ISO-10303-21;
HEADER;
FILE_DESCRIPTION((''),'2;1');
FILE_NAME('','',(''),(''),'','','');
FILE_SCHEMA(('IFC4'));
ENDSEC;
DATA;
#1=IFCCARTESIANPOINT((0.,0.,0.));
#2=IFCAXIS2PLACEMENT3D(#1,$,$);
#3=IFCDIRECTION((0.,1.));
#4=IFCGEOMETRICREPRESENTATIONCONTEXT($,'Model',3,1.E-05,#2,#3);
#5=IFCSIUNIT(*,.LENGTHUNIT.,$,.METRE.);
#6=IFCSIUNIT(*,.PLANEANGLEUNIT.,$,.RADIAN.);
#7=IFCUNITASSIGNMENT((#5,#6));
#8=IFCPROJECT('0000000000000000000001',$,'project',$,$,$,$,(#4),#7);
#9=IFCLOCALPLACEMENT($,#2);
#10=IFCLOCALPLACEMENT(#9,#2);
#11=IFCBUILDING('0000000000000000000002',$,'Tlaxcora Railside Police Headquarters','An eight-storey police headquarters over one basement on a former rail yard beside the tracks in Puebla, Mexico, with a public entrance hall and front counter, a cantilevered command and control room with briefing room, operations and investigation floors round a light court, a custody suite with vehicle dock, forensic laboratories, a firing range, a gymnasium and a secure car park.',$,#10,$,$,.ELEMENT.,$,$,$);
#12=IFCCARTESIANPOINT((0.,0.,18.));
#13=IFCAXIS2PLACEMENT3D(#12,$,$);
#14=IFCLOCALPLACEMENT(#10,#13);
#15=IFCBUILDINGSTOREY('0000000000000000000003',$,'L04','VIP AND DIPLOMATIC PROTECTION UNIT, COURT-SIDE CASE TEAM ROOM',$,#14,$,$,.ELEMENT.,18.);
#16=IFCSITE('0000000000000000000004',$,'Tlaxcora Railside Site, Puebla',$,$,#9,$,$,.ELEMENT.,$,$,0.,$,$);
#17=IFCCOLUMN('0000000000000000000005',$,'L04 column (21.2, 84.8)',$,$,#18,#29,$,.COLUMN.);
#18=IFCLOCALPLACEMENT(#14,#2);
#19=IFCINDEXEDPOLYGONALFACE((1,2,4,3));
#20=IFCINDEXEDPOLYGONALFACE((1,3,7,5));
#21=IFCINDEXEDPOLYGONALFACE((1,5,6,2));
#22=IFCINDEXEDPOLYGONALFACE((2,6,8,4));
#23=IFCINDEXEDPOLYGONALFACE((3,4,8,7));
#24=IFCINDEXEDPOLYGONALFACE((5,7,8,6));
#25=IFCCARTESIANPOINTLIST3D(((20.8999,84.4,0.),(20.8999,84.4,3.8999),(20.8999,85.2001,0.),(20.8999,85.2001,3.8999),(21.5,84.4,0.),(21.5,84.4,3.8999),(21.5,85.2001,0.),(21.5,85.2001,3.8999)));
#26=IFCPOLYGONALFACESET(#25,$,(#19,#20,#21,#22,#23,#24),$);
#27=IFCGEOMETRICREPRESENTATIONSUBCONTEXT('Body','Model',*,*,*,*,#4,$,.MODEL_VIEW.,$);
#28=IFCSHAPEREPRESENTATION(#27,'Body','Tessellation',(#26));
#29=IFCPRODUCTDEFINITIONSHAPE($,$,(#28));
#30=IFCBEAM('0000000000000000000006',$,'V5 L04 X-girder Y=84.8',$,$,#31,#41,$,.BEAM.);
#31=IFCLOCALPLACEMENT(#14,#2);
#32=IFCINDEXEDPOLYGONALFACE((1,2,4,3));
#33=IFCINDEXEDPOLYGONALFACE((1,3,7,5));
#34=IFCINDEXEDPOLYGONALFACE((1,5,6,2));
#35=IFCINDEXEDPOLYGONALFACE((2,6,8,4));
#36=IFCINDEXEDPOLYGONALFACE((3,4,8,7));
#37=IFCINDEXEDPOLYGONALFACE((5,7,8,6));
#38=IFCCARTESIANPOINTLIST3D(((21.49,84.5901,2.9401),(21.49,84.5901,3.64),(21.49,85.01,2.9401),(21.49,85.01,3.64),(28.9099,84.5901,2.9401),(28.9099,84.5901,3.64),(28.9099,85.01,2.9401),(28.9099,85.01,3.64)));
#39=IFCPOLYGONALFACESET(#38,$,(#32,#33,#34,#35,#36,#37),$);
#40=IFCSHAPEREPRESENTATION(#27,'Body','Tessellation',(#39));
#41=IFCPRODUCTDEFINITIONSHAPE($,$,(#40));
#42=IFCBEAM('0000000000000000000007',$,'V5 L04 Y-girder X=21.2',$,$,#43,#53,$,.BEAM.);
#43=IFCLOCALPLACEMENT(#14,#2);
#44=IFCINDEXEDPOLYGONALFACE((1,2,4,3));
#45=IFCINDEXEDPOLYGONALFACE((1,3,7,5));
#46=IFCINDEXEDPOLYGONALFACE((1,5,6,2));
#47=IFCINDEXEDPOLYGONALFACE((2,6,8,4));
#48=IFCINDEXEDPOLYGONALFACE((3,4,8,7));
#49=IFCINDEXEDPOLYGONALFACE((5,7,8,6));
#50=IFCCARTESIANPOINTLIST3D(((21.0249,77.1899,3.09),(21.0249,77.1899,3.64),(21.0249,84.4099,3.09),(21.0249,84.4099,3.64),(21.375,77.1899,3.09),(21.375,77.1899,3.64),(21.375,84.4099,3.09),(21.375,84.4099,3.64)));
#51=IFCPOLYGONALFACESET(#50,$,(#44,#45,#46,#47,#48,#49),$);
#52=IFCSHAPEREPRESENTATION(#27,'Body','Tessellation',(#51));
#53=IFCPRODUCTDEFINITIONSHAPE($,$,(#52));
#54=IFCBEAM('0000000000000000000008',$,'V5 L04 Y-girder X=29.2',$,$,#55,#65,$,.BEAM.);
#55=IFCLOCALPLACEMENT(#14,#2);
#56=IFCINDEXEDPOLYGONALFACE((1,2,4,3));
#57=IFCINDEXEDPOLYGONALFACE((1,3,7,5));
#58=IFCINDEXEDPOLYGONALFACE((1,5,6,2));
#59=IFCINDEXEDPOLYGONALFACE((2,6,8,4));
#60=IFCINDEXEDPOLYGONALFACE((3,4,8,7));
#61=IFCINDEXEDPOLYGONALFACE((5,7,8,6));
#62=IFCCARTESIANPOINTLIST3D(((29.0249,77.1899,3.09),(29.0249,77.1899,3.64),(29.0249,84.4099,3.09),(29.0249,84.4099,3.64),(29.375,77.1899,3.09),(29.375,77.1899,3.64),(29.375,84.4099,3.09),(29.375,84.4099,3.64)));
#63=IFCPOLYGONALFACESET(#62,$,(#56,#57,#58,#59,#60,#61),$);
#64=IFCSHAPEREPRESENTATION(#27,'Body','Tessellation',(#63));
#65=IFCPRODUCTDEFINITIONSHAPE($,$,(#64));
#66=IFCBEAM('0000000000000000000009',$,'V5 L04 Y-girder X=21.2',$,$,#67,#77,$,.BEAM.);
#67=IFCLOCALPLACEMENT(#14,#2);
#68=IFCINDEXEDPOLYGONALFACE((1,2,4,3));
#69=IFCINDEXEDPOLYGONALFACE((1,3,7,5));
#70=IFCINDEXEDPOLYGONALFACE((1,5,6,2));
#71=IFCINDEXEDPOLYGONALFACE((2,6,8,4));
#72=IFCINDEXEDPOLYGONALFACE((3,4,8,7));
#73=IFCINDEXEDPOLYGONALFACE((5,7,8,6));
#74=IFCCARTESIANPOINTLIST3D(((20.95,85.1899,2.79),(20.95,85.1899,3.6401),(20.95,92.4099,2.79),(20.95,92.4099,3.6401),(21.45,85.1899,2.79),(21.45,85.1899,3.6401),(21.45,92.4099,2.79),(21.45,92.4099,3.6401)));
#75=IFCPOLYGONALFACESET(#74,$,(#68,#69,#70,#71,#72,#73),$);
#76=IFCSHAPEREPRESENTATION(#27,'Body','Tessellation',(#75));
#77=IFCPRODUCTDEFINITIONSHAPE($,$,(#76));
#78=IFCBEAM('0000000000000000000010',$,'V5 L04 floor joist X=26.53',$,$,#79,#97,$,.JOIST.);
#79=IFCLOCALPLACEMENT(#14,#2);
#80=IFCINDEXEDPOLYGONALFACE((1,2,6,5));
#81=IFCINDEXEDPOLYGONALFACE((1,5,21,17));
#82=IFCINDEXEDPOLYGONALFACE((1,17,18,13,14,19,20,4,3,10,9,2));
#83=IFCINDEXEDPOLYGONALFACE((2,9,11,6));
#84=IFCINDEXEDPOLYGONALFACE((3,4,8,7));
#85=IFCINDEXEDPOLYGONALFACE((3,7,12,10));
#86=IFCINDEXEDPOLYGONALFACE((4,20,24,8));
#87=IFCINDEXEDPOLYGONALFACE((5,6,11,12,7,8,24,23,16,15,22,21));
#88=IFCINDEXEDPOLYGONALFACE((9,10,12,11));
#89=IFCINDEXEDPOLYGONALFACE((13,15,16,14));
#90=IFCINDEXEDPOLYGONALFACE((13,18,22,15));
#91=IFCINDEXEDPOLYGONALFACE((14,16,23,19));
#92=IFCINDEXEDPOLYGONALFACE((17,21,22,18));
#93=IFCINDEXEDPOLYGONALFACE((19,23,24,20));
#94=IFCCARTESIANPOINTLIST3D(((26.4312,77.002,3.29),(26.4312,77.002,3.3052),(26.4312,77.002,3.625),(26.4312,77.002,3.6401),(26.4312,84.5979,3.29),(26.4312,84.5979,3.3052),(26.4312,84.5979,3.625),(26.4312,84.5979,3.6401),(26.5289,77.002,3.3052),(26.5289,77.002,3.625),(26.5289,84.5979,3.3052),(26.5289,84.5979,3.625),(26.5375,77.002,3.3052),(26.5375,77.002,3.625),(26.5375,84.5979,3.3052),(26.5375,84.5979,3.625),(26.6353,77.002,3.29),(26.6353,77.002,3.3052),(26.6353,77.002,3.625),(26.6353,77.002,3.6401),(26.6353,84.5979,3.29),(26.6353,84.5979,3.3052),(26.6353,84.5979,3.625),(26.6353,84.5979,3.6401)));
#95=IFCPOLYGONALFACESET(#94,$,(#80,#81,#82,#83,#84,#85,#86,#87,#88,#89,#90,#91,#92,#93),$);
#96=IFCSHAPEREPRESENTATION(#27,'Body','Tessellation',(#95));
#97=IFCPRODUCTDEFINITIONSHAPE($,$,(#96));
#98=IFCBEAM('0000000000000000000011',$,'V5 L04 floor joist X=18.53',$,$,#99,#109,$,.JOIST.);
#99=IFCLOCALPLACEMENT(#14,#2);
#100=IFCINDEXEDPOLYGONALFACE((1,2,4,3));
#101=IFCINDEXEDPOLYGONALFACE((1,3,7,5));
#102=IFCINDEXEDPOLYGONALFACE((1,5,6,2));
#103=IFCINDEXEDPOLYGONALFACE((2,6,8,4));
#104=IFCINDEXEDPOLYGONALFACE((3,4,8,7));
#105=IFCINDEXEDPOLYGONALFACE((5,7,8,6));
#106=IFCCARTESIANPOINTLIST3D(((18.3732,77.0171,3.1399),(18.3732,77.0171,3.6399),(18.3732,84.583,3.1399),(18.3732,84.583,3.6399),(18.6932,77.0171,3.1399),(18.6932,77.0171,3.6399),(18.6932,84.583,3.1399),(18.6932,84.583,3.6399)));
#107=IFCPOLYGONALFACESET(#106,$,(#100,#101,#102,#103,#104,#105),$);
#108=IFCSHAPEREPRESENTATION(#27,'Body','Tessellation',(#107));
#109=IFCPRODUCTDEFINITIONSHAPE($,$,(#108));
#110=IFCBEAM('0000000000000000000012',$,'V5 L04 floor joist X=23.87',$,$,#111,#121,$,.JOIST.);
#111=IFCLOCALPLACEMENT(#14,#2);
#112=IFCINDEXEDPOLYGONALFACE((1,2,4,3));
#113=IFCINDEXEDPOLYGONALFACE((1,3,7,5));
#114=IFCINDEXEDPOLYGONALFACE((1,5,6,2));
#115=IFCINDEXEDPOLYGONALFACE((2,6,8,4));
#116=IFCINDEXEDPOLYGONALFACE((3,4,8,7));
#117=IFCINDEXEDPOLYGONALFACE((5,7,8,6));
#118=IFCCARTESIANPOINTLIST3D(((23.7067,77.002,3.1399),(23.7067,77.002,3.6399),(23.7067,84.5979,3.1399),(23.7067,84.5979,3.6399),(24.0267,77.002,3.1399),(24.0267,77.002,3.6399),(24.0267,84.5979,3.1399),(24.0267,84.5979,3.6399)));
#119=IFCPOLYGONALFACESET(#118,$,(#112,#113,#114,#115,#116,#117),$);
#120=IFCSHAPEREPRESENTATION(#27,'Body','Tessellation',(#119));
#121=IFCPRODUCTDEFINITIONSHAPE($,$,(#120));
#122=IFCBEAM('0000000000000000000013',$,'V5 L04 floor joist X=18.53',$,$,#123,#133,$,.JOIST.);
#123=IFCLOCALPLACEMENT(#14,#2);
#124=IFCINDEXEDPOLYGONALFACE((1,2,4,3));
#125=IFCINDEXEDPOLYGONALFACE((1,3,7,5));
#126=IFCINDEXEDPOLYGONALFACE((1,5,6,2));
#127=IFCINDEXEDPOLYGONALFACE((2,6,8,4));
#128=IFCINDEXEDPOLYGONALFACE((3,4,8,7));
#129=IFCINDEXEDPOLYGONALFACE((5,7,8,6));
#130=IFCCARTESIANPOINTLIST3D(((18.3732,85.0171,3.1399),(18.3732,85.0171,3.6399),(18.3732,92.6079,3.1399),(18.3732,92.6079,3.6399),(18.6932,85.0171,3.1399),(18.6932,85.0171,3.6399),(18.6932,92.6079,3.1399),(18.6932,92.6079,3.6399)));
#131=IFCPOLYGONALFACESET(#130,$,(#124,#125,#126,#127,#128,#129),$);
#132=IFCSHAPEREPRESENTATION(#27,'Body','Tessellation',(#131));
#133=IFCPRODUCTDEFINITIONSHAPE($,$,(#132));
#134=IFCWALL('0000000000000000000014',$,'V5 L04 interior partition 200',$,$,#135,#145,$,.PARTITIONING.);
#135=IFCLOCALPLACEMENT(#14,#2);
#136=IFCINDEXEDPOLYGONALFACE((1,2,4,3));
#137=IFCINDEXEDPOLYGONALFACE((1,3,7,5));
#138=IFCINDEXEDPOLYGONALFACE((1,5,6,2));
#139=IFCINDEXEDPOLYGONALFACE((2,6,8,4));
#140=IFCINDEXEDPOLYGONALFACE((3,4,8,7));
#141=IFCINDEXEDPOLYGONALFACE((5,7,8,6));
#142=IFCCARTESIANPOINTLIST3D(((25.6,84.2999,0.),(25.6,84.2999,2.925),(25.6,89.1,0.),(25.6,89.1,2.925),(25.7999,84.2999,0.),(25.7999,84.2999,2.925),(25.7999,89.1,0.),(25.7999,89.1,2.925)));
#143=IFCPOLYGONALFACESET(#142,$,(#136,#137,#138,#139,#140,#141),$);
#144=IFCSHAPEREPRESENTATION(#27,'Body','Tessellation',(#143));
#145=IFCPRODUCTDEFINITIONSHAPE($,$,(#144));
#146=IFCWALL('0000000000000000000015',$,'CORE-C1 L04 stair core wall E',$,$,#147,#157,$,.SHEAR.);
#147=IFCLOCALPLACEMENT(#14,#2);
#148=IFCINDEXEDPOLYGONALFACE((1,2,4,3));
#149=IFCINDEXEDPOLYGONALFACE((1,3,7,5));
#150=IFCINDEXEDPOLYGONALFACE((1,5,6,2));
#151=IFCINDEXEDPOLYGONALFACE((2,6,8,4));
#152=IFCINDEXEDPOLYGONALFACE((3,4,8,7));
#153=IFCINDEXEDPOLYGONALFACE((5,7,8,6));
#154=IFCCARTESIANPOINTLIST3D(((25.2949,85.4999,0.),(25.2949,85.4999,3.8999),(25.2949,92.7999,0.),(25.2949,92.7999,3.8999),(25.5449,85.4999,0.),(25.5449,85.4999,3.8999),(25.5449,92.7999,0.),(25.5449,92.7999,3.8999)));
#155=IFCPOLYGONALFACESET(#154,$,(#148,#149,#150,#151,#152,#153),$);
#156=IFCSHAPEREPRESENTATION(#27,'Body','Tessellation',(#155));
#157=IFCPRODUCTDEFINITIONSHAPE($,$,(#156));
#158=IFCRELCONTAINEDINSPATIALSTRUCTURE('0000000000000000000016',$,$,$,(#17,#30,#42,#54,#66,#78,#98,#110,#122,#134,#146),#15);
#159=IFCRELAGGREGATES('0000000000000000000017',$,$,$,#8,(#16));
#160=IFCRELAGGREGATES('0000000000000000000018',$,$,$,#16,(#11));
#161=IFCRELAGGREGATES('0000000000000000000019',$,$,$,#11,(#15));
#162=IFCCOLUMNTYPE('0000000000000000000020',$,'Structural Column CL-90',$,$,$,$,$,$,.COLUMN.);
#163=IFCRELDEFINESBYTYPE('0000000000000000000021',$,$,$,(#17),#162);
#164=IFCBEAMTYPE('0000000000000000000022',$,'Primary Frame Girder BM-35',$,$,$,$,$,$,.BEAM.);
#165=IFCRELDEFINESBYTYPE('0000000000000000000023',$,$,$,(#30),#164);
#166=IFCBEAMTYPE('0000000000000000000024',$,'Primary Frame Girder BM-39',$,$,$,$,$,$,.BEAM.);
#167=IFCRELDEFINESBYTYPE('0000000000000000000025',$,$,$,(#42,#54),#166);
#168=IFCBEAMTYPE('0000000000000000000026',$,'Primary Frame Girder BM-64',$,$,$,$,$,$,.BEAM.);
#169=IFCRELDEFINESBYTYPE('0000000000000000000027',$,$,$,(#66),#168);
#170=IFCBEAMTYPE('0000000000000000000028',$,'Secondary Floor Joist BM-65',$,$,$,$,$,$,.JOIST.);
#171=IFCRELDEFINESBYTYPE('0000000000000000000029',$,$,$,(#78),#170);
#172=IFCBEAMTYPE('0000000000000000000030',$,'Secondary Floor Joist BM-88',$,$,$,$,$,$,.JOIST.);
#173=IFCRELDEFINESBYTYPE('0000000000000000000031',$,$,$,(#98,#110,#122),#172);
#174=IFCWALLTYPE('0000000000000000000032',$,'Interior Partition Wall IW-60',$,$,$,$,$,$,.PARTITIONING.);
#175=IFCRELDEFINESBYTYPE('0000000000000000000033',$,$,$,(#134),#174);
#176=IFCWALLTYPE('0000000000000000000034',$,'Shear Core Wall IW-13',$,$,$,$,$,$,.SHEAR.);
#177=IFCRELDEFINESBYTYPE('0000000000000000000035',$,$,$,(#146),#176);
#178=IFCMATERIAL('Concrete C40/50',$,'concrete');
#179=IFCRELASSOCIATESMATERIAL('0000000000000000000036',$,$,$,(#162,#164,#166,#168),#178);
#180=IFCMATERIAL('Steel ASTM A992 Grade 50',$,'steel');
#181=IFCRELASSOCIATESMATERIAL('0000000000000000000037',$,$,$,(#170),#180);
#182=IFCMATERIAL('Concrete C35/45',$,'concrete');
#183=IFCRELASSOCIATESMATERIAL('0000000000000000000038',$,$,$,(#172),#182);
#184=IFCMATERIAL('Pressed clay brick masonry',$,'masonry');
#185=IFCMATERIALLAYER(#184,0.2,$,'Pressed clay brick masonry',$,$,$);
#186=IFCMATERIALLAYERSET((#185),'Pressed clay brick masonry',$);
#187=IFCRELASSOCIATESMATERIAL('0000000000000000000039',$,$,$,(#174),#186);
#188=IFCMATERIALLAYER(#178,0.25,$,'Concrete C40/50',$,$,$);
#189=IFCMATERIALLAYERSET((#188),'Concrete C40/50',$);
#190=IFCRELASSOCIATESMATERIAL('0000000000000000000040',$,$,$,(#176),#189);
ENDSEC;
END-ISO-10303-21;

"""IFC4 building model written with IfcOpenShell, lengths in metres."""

from ifc_helpers import new_model, si_unit, direction, frame, frame_2d, origin, origin_2d, place, context, subcontext, project, spatial, rectangle, i_section, extrude, material, layer, layer_set, material_profile, profile_set, type_object, element, save


model = new_model("IFC4")

# Units and contexts
model_context = context("Model", 3, precision=1e-05, world=origin(), true_north=direction((0.0, 1.0)))
body_context = subcontext(model_context, "Body", "Model", "MODEL_VIEW")
ifc_project = project(units=[si_unit("LENGTHUNIT", "METRE"), si_unit("PLANEANGLEUNIT", "RADIAN")], contexts=[model_context])

# Site, building, storey
site_placement = place(None, origin())
site = spatial("IfcSite", under=ifc_project, at=site_placement, Name="Tlaxcora Railside Site, Puebla", CompositionType="ELEMENT", RefElevation=0.0)
building_placement = place(site_placement, origin())
building = spatial("IfcBuilding", under=site, at=building_placement, Name="Tlaxcora Railside Police Headquarters", Description="An eight-storey police headquarters over one basement on a former rail yard beside the tracks in Puebla, Mexico, with a public entrance hall and front counter, a cantilevered command and control room with briefing room, operations and investigation floors round a light court, a custody suite with vehicle dock, forensic laboratories, a firing range, a gymnasium and a secure car park.", CompositionType="ELEMENT")
storey_placement = place(building_placement, frame((0.0, 0.0, 18.0)))
storey = spatial("IfcBuildingStorey", under=building, at=storey_placement, Name="L04", Description="VIP AND DIPLOMATIC PROTECTION UNIT, COURT-SIDE CASE TEAM ROOM", CompositionType="ELEMENT", Elevation=18.0)

# Column
ifc_material_1 = material(Name="Concrete C40/50", Category="concrete")
ifc_material_profile_1 = material_profile(ifc_material_1, rectangle(XDim=0.6001, YDim=0.8, at=origin_2d()), Name="RC600X800")
ifc_profile_set_1 = profile_set([ifc_material_profile_1], Name="Concrete C40/50")
column_type = type_object("IfcColumnType", Name="Structural Column CL-90", PredefinedType="COLUMN", material=ifc_profile_set_1)
column_placement = place(storey_placement, frame((21.2, 84.8, 0.0), z_axis=(0.0, 0.0, 1.0), x_axis=(1.0, 0.0, 0.0)))
element("IfcColumn", 1, at=column_placement, inside=storey, type_object=column_type, Name="L04 column (21.2, 84.8)", PredefinedType="COLUMN", context=body_context, shape_type="SweptSolid", body=[
    extrude(rectangle(XDim=0.6001, YDim=0.8, at=origin_2d()), origin(), (0.0, 0.0, 1.0), 3.8999),
])

# Beams
ifc_material_profile_2 = material_profile(ifc_material_1, rectangle(XDim=0.4199, YDim=0.7, at=origin_2d()), Name="RC420X700")
ifc_profile_set_2 = profile_set([ifc_material_profile_2], Name="Concrete C40/50")
beam_type_1 = type_object("IfcBeamType", Name="Primary Frame Girder BM-35", PredefinedType="BEAM", material=ifc_profile_set_2)
beam_1_placement = place(storey_placement, frame((21.49, 84.8, 3.29), z_axis=(1.0, 0.0, 0.0), x_axis=(0.0, 1.0, 0.0)))
element("IfcBeam", 2, at=beam_1_placement, inside=storey, type_object=beam_type_1, Name="V5 L04 X-girder Y=84.8", PredefinedType="BEAM", context=body_context, shape_type="SweptSolid", body=[
    extrude(rectangle(XDim=0.4199, YDim=0.7, at=origin_2d()), origin(), (0.0, 0.0, 1.0), 7.4199),
])
ifc_material_profile_3 = material_profile(ifc_material_1, rectangle(XDim=0.3501, YDim=0.55, at=origin_2d()), Name="RC350X550")
ifc_profile_set_3 = profile_set([ifc_material_profile_3], Name="Concrete C40/50")
beam_type_2 = type_object("IfcBeamType", Name="Primary Frame Girder BM-39", PredefinedType="BEAM", material=ifc_profile_set_3)
for number, where, z_axis, x_axis, name in (
    (3, (21.2, 77.1899, 3.365), (0.0, 1.0, 0.0), (-1.0, 0.0, 0.0), "V5 L04 Y-girder X=21.2"),
    (4, (29.2, 77.1899, 3.365), (0.0, 1.0, 0.0), (-1.0, 0.0, 0.0), "V5 L04 Y-girder X=29.2"),
):
    element("IfcBeam", number, at=place(storey_placement, frame(where, z_axis=z_axis, x_axis=x_axis)), inside=storey, type_object=beam_type_2, Name=name, PredefinedType="BEAM", context=body_context, shape_type="SweptSolid", body=[
        extrude(rectangle(XDim=0.3501, YDim=0.55, at=origin_2d()), origin(), (0.0, 0.0, 1.0), 7.22),
    ])
ifc_material_profile_4 = material_profile(ifc_material_1, rectangle(XDim=0.5, YDim=0.8501, at=origin_2d()), Name="RC500X850")
ifc_profile_set_4 = profile_set([ifc_material_profile_4], Name="Concrete C40/50")
beam_type_3 = type_object("IfcBeamType", Name="Primary Frame Girder BM-64", PredefinedType="BEAM", material=ifc_profile_set_4)
beam_2_placement = place(storey_placement, frame((21.2, 85.1899, 3.2151), z_axis=(0.0, 1.0, 0.0), x_axis=(-1.0, 0.0, 0.0)))
element("IfcBeam", 5, at=beam_2_placement, inside=storey, type_object=beam_type_3, Name="V5 L04 Y-girder X=21.2", PredefinedType="BEAM", context=body_context, shape_type="SweptSolid", body=[
    extrude(rectangle(XDim=0.5, YDim=0.8501, at=origin_2d()), origin(), (0.0, 0.0, 1.0), 7.22),
])
ifc_material_2 = material(Name="Steel ASTM A992 Grade 50", Category="steel")
ifc_material_profile_5 = material_profile(ifc_material_2, i_section(OverallWidth=0.2041, OverallDepth=0.3501, WebThickness=0.0085, FlangeThickness=0.0151, at=origin_2d()), Name="W14X48")
ifc_profile_set_5 = profile_set([ifc_material_profile_5], Name="Steel ASTM A992 Grade 50")
beam_type_4 = type_object("IfcBeamType", Name="Secondary Floor Joist BM-65", PredefinedType="JOIST", material=ifc_profile_set_5)
beam_3_placement = place(storey_placement, frame((26.5332, 77.002, 3.4651), z_axis=(0.0, 1.0, 0.0), x_axis=(-1.0, 0.0, 0.0)))
element("IfcBeam", 6, at=beam_3_placement, inside=storey, type_object=beam_type_4, Name="V5 L04 floor joist X=26.53", PredefinedType="JOIST", context=body_context, shape_type="SweptSolid", body=[
    extrude(i_section(OverallWidth=0.2041, OverallDepth=0.3501, WebThickness=0.0085, FlangeThickness=0.0151, at=origin_2d()), origin(), (0.0, 0.0, 1.0), 7.5959),
])
ifc_material_3 = material(Name="Concrete C35/45", Category="concrete")
ifc_material_profile_6 = material_profile(ifc_material_3, rectangle(XDim=0.3201, YDim=0.5, at=origin_2d()), Name="RC320X500")
ifc_profile_set_6 = profile_set([ifc_material_profile_6], Name="Concrete C35/45")
beam_type_5 = type_object("IfcBeamType", Name="Secondary Floor Joist BM-88", PredefinedType="JOIST", material=ifc_profile_set_6)
beam_4_placement = place(storey_placement, frame((18.5332, 77.0171, 3.3899), z_axis=(0.0, 1.0, 0.0), x_axis=(-1.0, 0.0, 0.0)))
element("IfcBeam", 7, at=beam_4_placement, inside=storey, type_object=beam_type_5, Name="V5 L04 floor joist X=18.53", PredefinedType="JOIST", context=body_context, shape_type="SweptSolid", body=[
    extrude(rectangle(XDim=0.3201, YDim=0.5, at=origin_2d()), origin(), (0.0, 0.0, 1.0), 7.5659),
])
beam_5_placement = place(storey_placement, frame((23.8667, 77.002, 3.3899), z_axis=(0.0, 1.0, 0.0), x_axis=(-1.0, 0.0, 0.0)))
element("IfcBeam", 8, at=beam_5_placement, inside=storey, type_object=beam_type_5, Name="V5 L04 floor joist X=23.87", PredefinedType="JOIST", context=body_context, shape_type="SweptSolid", body=[
    extrude(rectangle(XDim=0.3201, YDim=0.5, at=origin_2d()), origin(), (0.0, 0.0, 1.0), 7.5959),
])
beam_6_placement = place(storey_placement, frame((18.5332, 85.0171, 3.3899), z_axis=(0.0, 1.0, 0.0), x_axis=(-1.0, 0.0, 0.0)))
element("IfcBeam", 9, at=beam_6_placement, inside=storey, type_object=beam_type_5, Name="V5 L04 floor joist X=18.53", PredefinedType="JOIST", context=body_context, shape_type="SweptSolid", body=[
    extrude(rectangle(XDim=0.3201, YDim=0.5, at=origin_2d()), origin(), (0.0, 0.0, 1.0), 7.5908),
])

# Shared definitions
ifc_material_4 = material(Name="Pressed clay brick masonry", Category="masonry")
ifc_layer_1 = layer(ifc_material_4, 0.2, Name="Pressed clay brick masonry")
ifc_layer_set_1 = layer_set([ifc_layer_1], Name="Pressed clay brick masonry")
wall_type_1 = type_object("IfcWallType", Name="Interior Partition Wall IW-60", PredefinedType="PARTITIONING", material=ifc_layer_set_1)

# Wall
wall_1_placement = place(storey_placement, frame((25.7, 84.3, 0.0), z_axis=(0.0, 0.0, 1.0), x_axis=(0.0, 1.0, 0.0)))
element("IfcWall", 10, at=wall_1_placement, inside=storey, type_object=wall_type_1, Name="V5 L04 interior partition 200", PredefinedType="PARTITIONING", context=body_context, shape_type="SweptSolid", body=[
    extrude(rectangle(XDim=4.8, YDim=0.2, at=frame_2d((2.3999, 0.0))), origin(), (0.0, 0.0, 1.0), 2.925),
])

# Shared definitions
ifc_layer_2 = layer(ifc_material_1, 0.25, Name="Concrete C40/50")
ifc_layer_set_2 = layer_set([ifc_layer_2], Name="Concrete C40/50")
wall_type_2 = type_object("IfcWallType", Name="Shear Core Wall IW-13", PredefinedType="SHEAR", material=ifc_layer_set_2)

# Wall
wall_2_placement = place(storey_placement, frame((25.4199, 85.5, 0.0), z_axis=(0.0, 0.0, 1.0), x_axis=(0.0, 1.0, 0.0)))
element("IfcWall", 11, at=wall_2_placement, inside=storey, type_object=wall_type_2, Name="CORE-C1 L04 stair core wall E", PredefinedType="SHEAR", context=body_context, shape_type="SweptSolid", body=[
    extrude(rectangle(XDim=7.3, YDim=0.25, at=frame_2d((3.6499, 0.0))), origin(), (0.0, 0.0, 1.0), 3.8999),
])

save(model, "model.ifc")
